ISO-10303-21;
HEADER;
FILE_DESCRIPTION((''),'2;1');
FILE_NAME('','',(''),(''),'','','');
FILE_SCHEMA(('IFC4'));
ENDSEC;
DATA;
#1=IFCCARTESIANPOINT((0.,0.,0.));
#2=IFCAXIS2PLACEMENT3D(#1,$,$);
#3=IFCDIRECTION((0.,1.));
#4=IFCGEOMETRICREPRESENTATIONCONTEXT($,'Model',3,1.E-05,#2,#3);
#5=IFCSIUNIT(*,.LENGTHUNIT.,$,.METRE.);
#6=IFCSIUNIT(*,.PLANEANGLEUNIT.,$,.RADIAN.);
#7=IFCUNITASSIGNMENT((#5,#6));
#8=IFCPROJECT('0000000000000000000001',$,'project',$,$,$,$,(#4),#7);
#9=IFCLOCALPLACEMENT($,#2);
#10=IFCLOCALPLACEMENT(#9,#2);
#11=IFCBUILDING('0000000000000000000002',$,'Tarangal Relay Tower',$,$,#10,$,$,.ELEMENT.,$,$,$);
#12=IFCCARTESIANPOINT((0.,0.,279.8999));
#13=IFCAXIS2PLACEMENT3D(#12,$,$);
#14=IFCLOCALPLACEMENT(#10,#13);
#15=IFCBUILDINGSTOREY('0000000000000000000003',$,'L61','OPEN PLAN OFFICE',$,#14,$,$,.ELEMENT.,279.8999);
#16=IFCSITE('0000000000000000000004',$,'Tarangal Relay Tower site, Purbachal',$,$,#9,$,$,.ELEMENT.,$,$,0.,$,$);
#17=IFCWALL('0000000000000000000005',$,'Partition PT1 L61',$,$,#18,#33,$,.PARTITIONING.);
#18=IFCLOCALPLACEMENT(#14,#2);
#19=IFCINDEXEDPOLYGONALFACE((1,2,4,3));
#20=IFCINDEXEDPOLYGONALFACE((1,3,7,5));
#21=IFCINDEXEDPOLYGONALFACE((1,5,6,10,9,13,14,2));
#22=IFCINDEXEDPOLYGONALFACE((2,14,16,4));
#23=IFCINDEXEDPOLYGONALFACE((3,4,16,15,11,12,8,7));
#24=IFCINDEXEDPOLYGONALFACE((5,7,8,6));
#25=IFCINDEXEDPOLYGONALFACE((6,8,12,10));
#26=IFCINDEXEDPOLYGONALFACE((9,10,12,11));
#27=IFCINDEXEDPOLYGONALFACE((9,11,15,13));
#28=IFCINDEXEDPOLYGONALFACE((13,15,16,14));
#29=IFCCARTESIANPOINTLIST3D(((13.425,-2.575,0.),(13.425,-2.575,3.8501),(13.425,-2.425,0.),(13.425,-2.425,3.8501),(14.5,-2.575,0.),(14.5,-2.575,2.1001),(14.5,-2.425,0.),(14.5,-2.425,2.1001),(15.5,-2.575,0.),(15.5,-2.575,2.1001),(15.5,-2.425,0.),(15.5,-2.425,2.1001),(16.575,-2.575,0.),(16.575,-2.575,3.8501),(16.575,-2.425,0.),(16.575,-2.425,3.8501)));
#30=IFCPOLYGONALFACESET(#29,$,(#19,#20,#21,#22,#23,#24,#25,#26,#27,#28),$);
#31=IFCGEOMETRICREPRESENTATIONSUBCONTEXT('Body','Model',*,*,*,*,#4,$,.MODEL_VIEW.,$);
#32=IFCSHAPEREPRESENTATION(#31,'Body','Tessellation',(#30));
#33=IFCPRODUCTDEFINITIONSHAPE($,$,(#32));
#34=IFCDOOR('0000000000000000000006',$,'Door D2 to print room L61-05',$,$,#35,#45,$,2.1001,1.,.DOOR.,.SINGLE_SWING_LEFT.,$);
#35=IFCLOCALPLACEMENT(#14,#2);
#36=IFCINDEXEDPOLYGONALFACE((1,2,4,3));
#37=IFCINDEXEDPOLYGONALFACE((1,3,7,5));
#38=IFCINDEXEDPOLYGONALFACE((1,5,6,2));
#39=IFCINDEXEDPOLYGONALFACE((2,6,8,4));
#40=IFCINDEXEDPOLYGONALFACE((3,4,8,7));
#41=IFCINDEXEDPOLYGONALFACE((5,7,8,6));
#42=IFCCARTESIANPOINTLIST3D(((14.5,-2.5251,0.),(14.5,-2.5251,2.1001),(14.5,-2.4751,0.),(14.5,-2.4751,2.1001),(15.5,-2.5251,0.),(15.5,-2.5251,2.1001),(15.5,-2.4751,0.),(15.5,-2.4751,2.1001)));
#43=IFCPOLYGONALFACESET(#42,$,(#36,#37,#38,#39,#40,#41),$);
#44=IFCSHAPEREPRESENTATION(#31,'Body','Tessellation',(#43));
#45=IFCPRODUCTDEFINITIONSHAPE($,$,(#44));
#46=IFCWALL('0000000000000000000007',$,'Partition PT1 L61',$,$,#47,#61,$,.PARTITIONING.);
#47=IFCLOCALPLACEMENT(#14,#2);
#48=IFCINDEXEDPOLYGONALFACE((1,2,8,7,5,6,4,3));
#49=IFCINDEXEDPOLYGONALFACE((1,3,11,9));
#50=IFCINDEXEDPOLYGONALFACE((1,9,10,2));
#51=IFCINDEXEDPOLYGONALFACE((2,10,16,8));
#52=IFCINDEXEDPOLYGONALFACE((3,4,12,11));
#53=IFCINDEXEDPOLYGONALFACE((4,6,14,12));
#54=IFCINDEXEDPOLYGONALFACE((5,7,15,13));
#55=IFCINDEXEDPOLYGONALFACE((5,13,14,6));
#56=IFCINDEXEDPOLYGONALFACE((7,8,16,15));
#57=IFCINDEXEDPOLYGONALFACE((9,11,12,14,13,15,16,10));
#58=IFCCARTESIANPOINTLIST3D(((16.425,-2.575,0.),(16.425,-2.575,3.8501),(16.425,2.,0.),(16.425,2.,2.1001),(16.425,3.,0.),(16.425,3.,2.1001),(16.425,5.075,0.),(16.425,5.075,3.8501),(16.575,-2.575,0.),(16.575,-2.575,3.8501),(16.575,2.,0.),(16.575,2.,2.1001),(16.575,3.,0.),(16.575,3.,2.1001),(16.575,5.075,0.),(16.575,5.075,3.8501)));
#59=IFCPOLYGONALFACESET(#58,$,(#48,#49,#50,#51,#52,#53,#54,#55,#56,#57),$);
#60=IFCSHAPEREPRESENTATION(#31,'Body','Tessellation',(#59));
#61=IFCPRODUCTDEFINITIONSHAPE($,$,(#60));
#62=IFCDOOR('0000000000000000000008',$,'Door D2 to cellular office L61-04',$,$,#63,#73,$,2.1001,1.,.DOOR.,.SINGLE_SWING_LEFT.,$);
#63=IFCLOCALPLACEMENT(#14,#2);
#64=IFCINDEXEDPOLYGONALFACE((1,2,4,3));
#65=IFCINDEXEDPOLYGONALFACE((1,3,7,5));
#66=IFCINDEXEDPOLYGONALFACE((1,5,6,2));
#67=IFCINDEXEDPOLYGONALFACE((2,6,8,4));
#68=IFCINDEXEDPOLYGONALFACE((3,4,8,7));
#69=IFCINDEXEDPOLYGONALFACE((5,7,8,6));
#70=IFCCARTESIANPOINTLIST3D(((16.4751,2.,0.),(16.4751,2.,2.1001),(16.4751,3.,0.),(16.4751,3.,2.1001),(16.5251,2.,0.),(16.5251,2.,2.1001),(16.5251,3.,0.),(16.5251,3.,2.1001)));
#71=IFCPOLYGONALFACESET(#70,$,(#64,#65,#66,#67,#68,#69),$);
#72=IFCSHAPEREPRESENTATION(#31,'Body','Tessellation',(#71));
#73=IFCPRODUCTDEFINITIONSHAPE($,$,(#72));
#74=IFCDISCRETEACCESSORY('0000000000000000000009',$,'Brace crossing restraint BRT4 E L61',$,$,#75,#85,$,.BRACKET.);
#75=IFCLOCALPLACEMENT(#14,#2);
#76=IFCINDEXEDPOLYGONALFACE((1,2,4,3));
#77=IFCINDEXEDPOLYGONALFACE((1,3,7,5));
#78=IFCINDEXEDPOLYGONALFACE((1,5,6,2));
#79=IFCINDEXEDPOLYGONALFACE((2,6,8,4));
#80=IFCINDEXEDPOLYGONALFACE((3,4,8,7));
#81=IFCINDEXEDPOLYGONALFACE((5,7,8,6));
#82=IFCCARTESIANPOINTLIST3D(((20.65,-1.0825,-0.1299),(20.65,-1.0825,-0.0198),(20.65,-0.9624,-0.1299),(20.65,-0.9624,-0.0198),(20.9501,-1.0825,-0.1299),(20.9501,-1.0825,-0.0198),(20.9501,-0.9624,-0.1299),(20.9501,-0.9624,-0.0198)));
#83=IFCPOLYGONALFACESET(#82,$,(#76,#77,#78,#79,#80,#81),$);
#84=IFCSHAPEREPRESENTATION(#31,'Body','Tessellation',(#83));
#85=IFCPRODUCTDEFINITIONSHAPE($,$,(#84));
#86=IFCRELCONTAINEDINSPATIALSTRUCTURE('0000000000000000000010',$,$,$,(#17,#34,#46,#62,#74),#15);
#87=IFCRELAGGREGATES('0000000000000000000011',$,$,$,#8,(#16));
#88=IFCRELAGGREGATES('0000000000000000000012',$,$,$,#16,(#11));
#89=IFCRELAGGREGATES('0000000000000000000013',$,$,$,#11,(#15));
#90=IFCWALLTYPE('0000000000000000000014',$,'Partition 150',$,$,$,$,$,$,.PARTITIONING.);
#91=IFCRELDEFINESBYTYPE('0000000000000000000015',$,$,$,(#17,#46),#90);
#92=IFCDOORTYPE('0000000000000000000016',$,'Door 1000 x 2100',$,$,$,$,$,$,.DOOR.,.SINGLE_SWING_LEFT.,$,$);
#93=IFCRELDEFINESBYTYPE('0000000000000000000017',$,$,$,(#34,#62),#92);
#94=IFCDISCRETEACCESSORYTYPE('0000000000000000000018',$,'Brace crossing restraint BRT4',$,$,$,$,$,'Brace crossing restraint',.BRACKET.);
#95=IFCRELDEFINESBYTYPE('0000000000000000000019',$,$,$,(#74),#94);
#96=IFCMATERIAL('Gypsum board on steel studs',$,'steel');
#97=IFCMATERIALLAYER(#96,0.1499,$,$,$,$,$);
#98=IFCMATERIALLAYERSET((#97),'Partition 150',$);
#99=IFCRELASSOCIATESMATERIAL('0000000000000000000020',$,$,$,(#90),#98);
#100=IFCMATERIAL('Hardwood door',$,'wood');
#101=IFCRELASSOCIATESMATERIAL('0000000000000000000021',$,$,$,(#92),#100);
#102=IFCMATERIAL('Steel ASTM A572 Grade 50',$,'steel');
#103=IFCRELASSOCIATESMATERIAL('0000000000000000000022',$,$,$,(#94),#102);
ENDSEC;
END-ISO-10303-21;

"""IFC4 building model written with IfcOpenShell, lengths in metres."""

from ifc_helpers import new_model, si_unit, direction, frame, frame_2d, origin, origin_2d, place, context, subcontext, project, spatial, rectangle, extrude, material, layer, layer_set, type_object, element, fill, save


model = new_model("IFC4")

# Units and contexts
model_context = context("Model", 3, precision=1e-05, world=origin(), true_north=direction((0.0, 1.0)))
body_context = subcontext(model_context, "Body", "Model", "MODEL_VIEW")
ifc_project = project(units=[si_unit("LENGTHUNIT", "METRE"), si_unit("PLANEANGLEUNIT", "RADIAN")], contexts=[model_context])

# Site, building, storey
site_placement = place(None, origin())
site = spatial("IfcSite", under=ifc_project, at=site_placement, Name="Tarangal Relay Tower site, Purbachal", CompositionType="ELEMENT", RefElevation=0.0)
building_placement = place(site_placement, origin())
building = spatial("IfcBuilding", under=site, at=building_placement, Name="Tarangal Relay Tower", CompositionType="ELEMENT")
storey_placement = place(building_placement, frame((0.0, 0.0, 279.8999)))
storey = spatial("IfcBuildingStorey", under=building, at=storey_placement, Name="L61", Description="OPEN PLAN OFFICE", CompositionType="ELEMENT", Elevation=279.8999)

# Shared definitions
ifc_material_1 = material(Name="Steel ASTM A572 Grade 50", Category="steel")

# Walls, openings, doors
ifc_material_2 = material(Name="Gypsum board on steel studs", Category="steel")
ifc_layer_1 = layer(ifc_material_2, 0.1499)
ifc_layer_set_1 = layer_set([ifc_layer_1], Name="Partition 150")
wall_type_1 = type_object("IfcWallType", Name="Partition 150", PredefinedType="PARTITIONING", material=ifc_layer_set_1)
wall_1_placement = place(storey_placement, frame((13.425, -2.5, 0.0), z_axis=(0.0, 0.0, 1.0), x_axis=(1.0, 0.0, 0.0)))
wall_1 = element("IfcWall", 1, at=wall_1_placement, inside=storey, type_object=wall_type_1, Name="Partition PT1 L61", PredefinedType="PARTITIONING", context=body_context, shape_type="SweptSolid", body=[
    extrude(rectangle(XDim=3.1499, YDim=0.1499, at=frame_2d((1.575, 0.0))), origin(), (0.0, 0.0, 1.0), 3.8501),
])
opening_1_placement = place(wall_1_placement, frame((1.075, 0.0, 0.0)))
opening_1 = element("IfcOpeningElement", 2, at=opening_1_placement, cuts=wall_1, PredefinedType="OPENING", context=body_context, shape_type="SweptSolid", body=[
    extrude(rectangle(XDim=1.0, YDim=2.1001, at=frame_2d((0.5, 1.05))), frame((0.0, 0.085, 0.0), z_axis=(0.0, -1.0, 0.0), x_axis=(1.0, 0.0, 0.0)), (0.0, 0.0, 1.0), 0.1699),
])
ifc_material_3 = material(Name="Hardwood door", Category="wood")
door_type_1 = type_object("IfcDoorType", Name="Door 1000 x 2100", OperationType="SINGLE_SWING_LEFT", PredefinedType="DOOR", material=ifc_material_3)
door_1_placement = place(opening_1_placement, origin())
door_1 = element("IfcDoor", 3, at=door_1_placement, inside=storey, type_object=door_type_1, Name="Door D2 to print room L61-05", OperationType="SINGLE_SWING_LEFT", OverallHeight=2.1001, OverallWidth=1.0, PredefinedType="DOOR", context=body_context, shape_type="SweptSolid", body=[
    extrude(rectangle(XDim=1.0, YDim=2.1001, at=frame_2d((0.5, 1.05))), frame((0.0, 0.0249, 0.0), z_axis=(0.0, -1.0, 0.0), x_axis=(1.0, 0.0, 0.0)), (0.0, 0.0, 1.0), 0.05),
])
fill(opening_1, door_1)
wall_2_placement = place(storey_placement, frame((16.5, -2.575, 0.0), z_axis=(0.0, 0.0, 1.0), x_axis=(0.0, 1.0, 0.0)))
wall_2 = element("IfcWall", 4, at=wall_2_placement, inside=storey, type_object=wall_type_1, Name="Partition PT1 L61", PredefinedType="PARTITIONING", context=body_context, shape_type="SweptSolid", body=[
    extrude(rectangle(XDim=7.6499, YDim=0.1499, at=frame_2d((3.825, 0.0))), origin(), (0.0, 0.0, 1.0), 3.8501),
])
opening_2_placement = place(wall_2_placement, frame((4.575, 0.0, 0.0)))
opening_2 = element("IfcOpeningElement", 5, at=opening_2_placement, cuts=wall_2, PredefinedType="OPENING", context=body_context, shape_type="SweptSolid", body=[
    extrude(rectangle(XDim=1.0, YDim=2.1001, at=frame_2d((0.5, 1.05))), frame((0.0, 0.085, 0.0), z_axis=(0.0, -1.0, 0.0), x_axis=(1.0, 0.0, 0.0)), (0.0, 0.0, 1.0), 0.1699),
])
door_2_placement = place(opening_2_placement, origin())
door_2 = element("IfcDoor", 6, at=door_2_placement, inside=storey, type_object=door_type_1, Name="Door D2 to cellular office L61-04", OperationType="SINGLE_SWING_LEFT", OverallHeight=2.1001, OverallWidth=1.0, PredefinedType="DOOR", context=body_context, shape_type="SweptSolid", body=[
    extrude(rectangle(XDim=1.0, YDim=2.1001, at=frame_2d((0.5, 1.05))), frame((0.0, 0.0249, 0.0), z_axis=(0.0, -1.0, 0.0), x_axis=(1.0, 0.0, 0.0)), (0.0, 0.0, 1.0), 0.05),
])
fill(opening_2, door_2)

# Discrete accessory
discrete_accessory_type = type_object("IfcDiscreteAccessoryType", Name="Brace crossing restraint BRT4", ElementType="Brace crossing restraint", PredefinedType="BRACKET", material=ifc_material_1)
discrete_accessory_placement = place(storey_placement, frame((20.8, -1.0225, -0.1299), z_axis=(0.0, 0.0, 1.0), x_axis=(1.0, 0.0, 0.0)))
element("IfcDiscreteAccessory", 7, at=discrete_accessory_placement, inside=storey, type_object=discrete_accessory_type, Name="Brace crossing restraint BRT4 E L61", PredefinedType="BRACKET", context=body_context, shape_type="SweptSolid", body=[
    extrude(rectangle(XDim=0.3, YDim=0.1201, at=origin_2d()), origin(), (0.0, 0.0, 1.0), 0.1101),
])

save(model, "model.ifc")
